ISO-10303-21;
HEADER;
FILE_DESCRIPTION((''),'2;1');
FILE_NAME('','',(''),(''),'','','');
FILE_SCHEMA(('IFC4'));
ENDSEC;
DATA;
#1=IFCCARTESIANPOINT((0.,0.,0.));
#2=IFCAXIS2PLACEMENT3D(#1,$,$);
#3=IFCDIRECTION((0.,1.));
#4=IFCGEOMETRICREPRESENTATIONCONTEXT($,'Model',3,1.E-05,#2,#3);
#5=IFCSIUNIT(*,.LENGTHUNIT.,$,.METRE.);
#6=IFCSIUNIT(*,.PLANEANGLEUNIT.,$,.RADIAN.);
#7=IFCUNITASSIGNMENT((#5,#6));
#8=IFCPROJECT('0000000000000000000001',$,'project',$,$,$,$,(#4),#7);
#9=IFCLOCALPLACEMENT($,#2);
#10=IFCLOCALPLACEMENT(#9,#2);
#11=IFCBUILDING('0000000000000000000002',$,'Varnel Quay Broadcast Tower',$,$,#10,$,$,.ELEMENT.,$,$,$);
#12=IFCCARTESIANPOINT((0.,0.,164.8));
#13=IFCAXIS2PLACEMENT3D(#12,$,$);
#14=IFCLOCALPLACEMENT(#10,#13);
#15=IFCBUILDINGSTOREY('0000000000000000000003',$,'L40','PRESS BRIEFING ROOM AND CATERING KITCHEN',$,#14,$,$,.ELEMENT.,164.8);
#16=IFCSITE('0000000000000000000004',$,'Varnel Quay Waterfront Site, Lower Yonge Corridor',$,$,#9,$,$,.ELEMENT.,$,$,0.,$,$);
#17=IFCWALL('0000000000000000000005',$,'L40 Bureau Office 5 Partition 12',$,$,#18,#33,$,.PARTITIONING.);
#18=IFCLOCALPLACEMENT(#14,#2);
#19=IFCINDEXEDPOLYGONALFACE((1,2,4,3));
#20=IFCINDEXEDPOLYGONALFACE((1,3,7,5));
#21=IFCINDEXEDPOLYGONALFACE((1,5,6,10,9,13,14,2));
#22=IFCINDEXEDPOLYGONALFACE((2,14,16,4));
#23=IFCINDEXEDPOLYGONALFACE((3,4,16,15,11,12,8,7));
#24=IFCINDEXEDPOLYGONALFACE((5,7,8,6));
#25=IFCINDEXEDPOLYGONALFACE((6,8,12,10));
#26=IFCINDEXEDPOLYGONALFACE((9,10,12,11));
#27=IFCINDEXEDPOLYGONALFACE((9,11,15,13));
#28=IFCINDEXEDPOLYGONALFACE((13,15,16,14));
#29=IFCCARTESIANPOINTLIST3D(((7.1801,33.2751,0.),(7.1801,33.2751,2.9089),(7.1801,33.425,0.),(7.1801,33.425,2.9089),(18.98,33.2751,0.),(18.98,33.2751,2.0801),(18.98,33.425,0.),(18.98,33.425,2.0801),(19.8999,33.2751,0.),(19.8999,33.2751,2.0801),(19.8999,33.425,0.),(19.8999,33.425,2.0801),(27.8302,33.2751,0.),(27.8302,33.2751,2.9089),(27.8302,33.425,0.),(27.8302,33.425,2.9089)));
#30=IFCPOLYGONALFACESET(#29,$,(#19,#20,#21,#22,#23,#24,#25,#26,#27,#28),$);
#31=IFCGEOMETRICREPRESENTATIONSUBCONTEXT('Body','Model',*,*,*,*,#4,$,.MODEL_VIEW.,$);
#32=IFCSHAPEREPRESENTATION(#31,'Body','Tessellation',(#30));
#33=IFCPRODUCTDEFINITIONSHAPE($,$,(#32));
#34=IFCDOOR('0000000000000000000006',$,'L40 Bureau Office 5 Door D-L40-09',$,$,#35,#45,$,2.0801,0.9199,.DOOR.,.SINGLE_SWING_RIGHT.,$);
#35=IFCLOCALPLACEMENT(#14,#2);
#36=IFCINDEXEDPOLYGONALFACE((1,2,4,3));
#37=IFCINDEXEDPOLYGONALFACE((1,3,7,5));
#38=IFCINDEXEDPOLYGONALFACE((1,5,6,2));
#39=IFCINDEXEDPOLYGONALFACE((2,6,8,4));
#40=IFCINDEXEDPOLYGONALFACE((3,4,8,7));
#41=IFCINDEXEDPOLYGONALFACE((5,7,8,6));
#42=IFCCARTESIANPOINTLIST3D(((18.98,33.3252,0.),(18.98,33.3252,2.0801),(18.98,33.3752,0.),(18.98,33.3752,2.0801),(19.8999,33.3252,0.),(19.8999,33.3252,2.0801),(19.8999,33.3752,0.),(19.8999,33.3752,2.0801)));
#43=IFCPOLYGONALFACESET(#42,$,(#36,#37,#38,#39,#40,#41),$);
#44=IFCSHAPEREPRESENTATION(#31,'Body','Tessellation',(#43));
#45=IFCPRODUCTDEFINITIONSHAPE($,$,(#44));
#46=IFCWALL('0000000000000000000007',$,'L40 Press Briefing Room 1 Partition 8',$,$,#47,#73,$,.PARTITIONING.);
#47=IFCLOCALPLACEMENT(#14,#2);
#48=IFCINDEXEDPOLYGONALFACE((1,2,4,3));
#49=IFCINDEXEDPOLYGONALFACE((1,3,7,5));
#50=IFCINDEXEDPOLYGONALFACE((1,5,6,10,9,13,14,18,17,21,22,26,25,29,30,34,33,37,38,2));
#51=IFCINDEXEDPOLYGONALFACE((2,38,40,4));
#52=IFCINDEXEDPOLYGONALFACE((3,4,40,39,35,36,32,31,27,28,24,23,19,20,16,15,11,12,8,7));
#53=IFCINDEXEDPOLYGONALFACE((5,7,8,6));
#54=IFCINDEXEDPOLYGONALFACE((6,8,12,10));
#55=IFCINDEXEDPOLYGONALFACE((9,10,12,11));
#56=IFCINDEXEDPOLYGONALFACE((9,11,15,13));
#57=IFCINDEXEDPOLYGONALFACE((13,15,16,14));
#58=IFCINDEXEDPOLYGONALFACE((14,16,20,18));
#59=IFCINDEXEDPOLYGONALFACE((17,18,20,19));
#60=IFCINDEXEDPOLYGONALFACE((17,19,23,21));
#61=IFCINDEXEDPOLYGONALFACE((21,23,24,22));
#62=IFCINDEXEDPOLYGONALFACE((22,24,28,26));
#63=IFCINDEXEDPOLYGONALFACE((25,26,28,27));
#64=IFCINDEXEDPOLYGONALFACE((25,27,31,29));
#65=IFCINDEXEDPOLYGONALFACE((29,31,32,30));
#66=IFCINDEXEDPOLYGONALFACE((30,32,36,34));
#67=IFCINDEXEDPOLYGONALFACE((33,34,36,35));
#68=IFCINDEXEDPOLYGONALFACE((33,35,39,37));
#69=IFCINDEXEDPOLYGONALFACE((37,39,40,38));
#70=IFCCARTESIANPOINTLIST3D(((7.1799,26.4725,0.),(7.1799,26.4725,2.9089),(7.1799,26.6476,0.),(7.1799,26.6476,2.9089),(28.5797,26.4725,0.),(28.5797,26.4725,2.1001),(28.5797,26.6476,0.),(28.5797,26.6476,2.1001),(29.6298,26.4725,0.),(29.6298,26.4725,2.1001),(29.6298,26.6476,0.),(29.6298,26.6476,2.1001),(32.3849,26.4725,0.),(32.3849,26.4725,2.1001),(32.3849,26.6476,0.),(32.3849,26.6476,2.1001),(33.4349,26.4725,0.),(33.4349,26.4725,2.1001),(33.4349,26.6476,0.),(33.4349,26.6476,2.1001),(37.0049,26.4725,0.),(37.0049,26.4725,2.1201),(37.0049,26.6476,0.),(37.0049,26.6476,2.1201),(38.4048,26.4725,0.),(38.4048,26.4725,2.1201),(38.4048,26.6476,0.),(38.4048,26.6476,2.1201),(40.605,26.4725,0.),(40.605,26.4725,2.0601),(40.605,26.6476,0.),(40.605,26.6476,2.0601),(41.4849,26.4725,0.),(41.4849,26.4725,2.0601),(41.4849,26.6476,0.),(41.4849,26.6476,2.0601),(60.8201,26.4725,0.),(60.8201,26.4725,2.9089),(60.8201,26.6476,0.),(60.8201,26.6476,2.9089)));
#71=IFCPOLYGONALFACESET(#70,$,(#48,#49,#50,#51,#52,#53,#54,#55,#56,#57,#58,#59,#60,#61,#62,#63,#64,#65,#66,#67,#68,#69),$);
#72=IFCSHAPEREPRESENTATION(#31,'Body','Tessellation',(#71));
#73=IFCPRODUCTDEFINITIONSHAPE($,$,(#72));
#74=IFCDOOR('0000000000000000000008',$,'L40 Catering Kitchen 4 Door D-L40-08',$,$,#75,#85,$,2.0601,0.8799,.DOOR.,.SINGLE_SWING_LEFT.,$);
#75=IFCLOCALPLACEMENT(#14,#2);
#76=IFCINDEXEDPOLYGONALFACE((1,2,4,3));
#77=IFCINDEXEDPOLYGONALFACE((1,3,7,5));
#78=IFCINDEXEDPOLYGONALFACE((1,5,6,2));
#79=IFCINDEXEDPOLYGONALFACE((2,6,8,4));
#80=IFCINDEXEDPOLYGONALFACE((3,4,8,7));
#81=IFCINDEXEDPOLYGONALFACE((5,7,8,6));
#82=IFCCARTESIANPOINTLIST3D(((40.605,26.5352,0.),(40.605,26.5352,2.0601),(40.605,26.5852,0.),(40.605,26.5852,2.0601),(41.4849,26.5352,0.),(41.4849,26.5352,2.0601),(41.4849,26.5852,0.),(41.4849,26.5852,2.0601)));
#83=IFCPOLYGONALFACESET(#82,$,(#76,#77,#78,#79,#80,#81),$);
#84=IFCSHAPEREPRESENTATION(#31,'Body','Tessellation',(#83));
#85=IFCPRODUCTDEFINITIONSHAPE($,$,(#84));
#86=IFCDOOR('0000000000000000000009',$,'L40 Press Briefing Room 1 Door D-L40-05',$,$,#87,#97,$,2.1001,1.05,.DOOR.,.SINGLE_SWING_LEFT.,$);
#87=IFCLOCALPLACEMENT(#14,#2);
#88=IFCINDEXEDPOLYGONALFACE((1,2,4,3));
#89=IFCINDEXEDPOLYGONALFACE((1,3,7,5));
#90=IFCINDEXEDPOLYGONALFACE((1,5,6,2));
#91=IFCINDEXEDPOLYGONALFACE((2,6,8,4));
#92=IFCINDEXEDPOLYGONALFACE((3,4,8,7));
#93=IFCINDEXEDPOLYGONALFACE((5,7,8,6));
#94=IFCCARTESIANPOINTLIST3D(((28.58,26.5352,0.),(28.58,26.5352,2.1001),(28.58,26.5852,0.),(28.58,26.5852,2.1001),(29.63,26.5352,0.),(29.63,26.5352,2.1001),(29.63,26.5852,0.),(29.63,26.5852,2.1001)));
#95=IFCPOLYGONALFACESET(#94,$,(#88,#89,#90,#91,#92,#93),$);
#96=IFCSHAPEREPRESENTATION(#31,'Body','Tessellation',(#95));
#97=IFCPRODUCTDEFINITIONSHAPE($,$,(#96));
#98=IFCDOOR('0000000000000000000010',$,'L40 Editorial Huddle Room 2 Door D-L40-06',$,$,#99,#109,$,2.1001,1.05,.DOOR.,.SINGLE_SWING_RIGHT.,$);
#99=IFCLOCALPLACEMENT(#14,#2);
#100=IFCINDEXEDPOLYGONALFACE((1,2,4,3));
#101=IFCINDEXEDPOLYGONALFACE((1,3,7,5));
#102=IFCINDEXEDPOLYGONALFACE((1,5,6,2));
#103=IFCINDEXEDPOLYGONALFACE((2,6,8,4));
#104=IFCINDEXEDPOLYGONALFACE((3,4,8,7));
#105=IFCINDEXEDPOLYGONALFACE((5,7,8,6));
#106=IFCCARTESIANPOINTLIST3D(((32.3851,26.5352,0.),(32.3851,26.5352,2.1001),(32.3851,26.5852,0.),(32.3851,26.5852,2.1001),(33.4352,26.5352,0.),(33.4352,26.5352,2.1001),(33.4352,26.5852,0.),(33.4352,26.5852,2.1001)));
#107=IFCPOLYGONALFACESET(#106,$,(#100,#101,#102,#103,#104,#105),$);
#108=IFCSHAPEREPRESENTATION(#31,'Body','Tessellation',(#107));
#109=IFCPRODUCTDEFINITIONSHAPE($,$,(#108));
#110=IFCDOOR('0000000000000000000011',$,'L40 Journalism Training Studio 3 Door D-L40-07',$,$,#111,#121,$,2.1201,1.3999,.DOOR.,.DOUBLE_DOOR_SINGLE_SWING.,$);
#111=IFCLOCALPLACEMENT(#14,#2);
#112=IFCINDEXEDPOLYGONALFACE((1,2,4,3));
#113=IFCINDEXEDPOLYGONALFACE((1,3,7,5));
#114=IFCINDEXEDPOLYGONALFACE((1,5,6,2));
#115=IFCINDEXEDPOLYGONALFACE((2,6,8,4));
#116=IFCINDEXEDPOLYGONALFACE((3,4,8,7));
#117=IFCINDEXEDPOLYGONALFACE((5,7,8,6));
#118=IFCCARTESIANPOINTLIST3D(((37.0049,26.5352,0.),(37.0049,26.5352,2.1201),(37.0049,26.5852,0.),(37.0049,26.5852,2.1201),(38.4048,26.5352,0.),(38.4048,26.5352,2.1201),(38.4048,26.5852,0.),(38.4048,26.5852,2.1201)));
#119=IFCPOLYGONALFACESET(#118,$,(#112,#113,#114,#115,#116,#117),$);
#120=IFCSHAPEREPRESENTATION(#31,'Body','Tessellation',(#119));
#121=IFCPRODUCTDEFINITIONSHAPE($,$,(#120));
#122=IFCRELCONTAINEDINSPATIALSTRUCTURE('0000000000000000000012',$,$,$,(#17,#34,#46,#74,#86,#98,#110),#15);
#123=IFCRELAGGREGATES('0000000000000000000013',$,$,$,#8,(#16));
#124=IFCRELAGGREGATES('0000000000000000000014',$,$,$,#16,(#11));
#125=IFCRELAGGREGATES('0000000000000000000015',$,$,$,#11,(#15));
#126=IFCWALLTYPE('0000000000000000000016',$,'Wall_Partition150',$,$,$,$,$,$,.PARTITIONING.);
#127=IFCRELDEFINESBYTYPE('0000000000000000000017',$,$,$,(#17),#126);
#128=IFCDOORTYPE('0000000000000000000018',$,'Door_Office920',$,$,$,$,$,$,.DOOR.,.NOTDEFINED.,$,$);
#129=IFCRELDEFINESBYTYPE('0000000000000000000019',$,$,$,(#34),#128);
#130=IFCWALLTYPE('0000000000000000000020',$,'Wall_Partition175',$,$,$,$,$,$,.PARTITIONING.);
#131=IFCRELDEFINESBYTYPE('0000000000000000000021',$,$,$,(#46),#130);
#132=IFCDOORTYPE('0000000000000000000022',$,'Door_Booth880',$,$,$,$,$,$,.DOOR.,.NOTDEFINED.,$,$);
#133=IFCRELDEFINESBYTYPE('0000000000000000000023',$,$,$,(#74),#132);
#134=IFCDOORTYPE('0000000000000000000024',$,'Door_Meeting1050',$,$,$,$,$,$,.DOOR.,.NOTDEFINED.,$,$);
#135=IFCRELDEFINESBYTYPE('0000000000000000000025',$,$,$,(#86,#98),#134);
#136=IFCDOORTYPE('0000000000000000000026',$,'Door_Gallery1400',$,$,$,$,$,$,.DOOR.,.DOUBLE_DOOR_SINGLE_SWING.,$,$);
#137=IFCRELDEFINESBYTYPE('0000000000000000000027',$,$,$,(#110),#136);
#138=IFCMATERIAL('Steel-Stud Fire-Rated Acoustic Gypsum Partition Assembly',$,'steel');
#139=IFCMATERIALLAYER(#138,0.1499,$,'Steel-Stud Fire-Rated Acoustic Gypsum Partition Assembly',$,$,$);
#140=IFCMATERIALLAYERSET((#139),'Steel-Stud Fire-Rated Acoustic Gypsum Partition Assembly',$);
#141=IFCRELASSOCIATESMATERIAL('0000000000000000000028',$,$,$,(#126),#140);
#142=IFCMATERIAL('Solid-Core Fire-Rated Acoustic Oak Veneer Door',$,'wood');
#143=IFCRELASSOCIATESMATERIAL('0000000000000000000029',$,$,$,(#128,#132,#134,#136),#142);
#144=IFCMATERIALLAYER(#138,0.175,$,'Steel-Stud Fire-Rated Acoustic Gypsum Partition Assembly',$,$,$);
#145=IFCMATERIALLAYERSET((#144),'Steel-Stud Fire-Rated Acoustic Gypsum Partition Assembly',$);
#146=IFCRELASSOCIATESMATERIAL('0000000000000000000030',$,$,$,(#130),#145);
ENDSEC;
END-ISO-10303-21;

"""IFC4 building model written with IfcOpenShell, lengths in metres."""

from ifc_helpers import new_model, si_unit, direction, frame, frame_2d, origin, place, context, subcontext, project, spatial, rectangle, extrude, source, transform, mapped, material, layer, layer_set, type_object, type_shapes, element, fill, save


model = new_model("IFC4")

# Units and contexts
model_context = context("Model", 3, precision=1e-05, world=origin(), true_north=direction((0.0, 1.0)))
body_context = subcontext(model_context, "Body", "Model", "MODEL_VIEW")
ifc_project = project(units=[si_unit("LENGTHUNIT", "METRE"), si_unit("PLANEANGLEUNIT", "RADIAN")], contexts=[model_context])

# Site, building, storey
site_placement = place(None, origin())
site = spatial("IfcSite", under=ifc_project, at=site_placement, Name="Varnel Quay Waterfront Site, Lower Yonge Corridor", CompositionType="ELEMENT", RefElevation=0.0)
building_placement = place(site_placement, origin())
building = spatial("IfcBuilding", under=site, at=building_placement, Name="Varnel Quay Broadcast Tower", CompositionType="ELEMENT")
storey_placement = place(building_placement, frame((0.0, 0.0, 164.8)))
storey = spatial("IfcBuildingStorey", under=building, at=storey_placement, Name="L40", Description="PRESS BRIEFING ROOM AND CATERING KITCHEN", CompositionType="ELEMENT", Elevation=164.8)

# Wall, opening, door
ifc_material_1 = material(Name="Steel-Stud Fire-Rated Acoustic Gypsum Partition Assembly", Category="steel")
ifc_layer_1 = layer(ifc_material_1, 0.1499, Name="Steel-Stud Fire-Rated Acoustic Gypsum Partition Assembly")
ifc_layer_set_1 = layer_set([ifc_layer_1], Name="Steel-Stud Fire-Rated Acoustic Gypsum Partition Assembly")
wall_type_1 = type_object("IfcWallType", Name="Wall_Partition150", PredefinedType="PARTITIONING", material=ifc_layer_set_1)
wall_1_placement = place(storey_placement, frame((7.1799, 33.3501, 0.0), z_axis=(0.0, 0.0, 1.0), x_axis=(1.0, 0.0, 0.0)))
wall_1 = element("IfcWall", 1, at=wall_1_placement, inside=storey, type_object=wall_type_1, Name="L40 Bureau Office 5 Partition 12", PredefinedType="PARTITIONING", context=body_context, shape_type="SweptSolid", body=[
    extrude(rectangle(XDim=20.6501, YDim=0.1499, at=frame_2d((10.3252, 0.0))), origin(), (0.0, 0.0, 1.0), 2.9089),
])
opening_1_placement = place(wall_1_placement, frame((11.8, 0.0, 0.0)))
opening_1 = element("IfcOpeningElement", 2, at=opening_1_placement, cuts=wall_1, PredefinedType="OPENING", context=body_context, shape_type="SweptSolid", body=[
    extrude(rectangle(XDim=0.9199, YDim=2.0801, at=frame_2d((0.46, 1.04))), frame((0.0, 0.085, 0.0), z_axis=(0.0, -1.0, 0.0), x_axis=(1.0, 0.0, 0.0)), (0.0, 0.0, 1.0), 0.1699),
])
ifc_material_2 = material(Name="Solid-Core Fire-Rated Acoustic Oak Veneer Door", Category="wood")
door_type_1 = type_object("IfcDoorType", Name="Door_Office920", OperationType="NOTDEFINED", PredefinedType="DOOR", material=ifc_material_2)
shared_shape_1 = source(origin(), body_context, "Body", "SweptSolid", [
    extrude(rectangle(XDim=0.9199, YDim=2.0801, at=frame_2d((0.46, 1.04))), frame((0.0, 0.0249, 0.0), z_axis=(0.0, -1.0, 0.0), x_axis=(1.0, 0.0, 0.0)), (0.0, 0.0, 1.0), 0.05),
])
type_shapes(door_type_1, [shared_shape_1])
door_1_placement = place(opening_1_placement, frame((0.9199, 0.0, 0.0), z_axis=(0.0, 0.0, 1.0), x_axis=(-1.0, 0.0, 0.0)))
door_1 = element("IfcDoor", 3, at=door_1_placement, inside=storey, type_object=door_type_1, Name="L40 Bureau Office 5 Door D-L40-09", OperationType="SINGLE_SWING_RIGHT", OverallHeight=2.0801, OverallWidth=0.9199, PredefinedType="DOOR", context=body_context, shape_type="MappedRepresentation", body=[
    mapped(shared_shape_1, transform((0.0, 0.0, 0.0), x_axis=(1.0, 0.0, 0.0), y_axis=(0.0, 1.0, 0.0), z_axis=(0.0, 0.0, 1.0), scale=1.0)),
])
fill(opening_1, door_1)

# Wall, openings, doors
ifc_layer_2 = layer(ifc_material_1, 0.175, Name="Steel-Stud Fire-Rated Acoustic Gypsum Partition Assembly")
ifc_layer_set_2 = layer_set([ifc_layer_2], Name="Steel-Stud Fire-Rated Acoustic Gypsum Partition Assembly")
wall_type_2 = type_object("IfcWallType", Name="Wall_Partition175", PredefinedType="PARTITIONING", material=ifc_layer_set_2)
wall_2_placement = place(storey_placement, frame((7.1799, 26.5601, 0.0), z_axis=(0.0, 0.0, 1.0), x_axis=(1.0, 0.0, 0.0)))
wall_2 = element("IfcWall", 4, at=wall_2_placement, inside=storey, type_object=wall_type_2, Name="L40 Press Briefing Room 1 Partition 8", PredefinedType="PARTITIONING", context=body_context, shape_type="SweptSolid", body=[
    extrude(rectangle(XDim=53.6401, YDim=0.175, at=frame_2d((26.8201, 0.0))), origin(), (0.0, 0.0, 1.0), 2.9089),
])
opening_2_placement = place(wall_2_placement, frame((21.3999, 0.0, 0.0)))
opening_2 = element("IfcOpeningElement", 5, at=opening_2_placement, cuts=wall_2, PredefinedType="OPENING", context=body_context, shape_type="SweptSolid", body=[
    extrude(rectangle(XDim=1.05, YDim=2.1001, at=frame_2d((0.5249, 1.05))), frame((0.0, 0.0977, 0.0), z_axis=(0.0, -1.0, 0.0), x_axis=(1.0, 0.0, 0.0)), (0.0, 0.0, 1.0), 0.1951),
])
opening_3_placement = place(wall_2_placement, frame((25.2051, 0.0, 0.0)))
opening_3 = element("IfcOpeningElement", 6, at=opening_3_placement, cuts=wall_2, PredefinedType="OPENING", context=body_context, shape_type="SweptSolid", body=[
    extrude(rectangle(XDim=1.05, YDim=2.1001, at=frame_2d((0.5249, 1.05))), frame((0.0, 0.0977, 0.0), z_axis=(0.0, -1.0, 0.0), x_axis=(1.0, 0.0, 0.0)), (0.0, 0.0, 1.0), 0.1951),
])
opening_4_placement = place(wall_2_placement, frame((29.825, 0.0, 0.0)))
opening_4 = element("IfcOpeningElement", 7, at=opening_4_placement, cuts=wall_2, PredefinedType="OPENING", context=body_context, shape_type="SweptSolid", body=[
    extrude(rectangle(XDim=1.3999, YDim=2.1201, at=frame_2d((0.7, 1.0601))), frame((0.0, 0.0977, 0.0), z_axis=(0.0, -1.0, 0.0), x_axis=(1.0, 0.0, 0.0)), (0.0, 0.0, 1.0), 0.1951),
])
opening_5_placement = place(wall_2_placement, frame((33.425, 0.0, 0.0)))
opening_5 = element("IfcOpeningElement", 8, at=opening_5_placement, cuts=wall_2, PredefinedType="OPENING", context=body_context, shape_type="SweptSolid", body=[
    extrude(rectangle(XDim=0.8799, YDim=2.0601, at=frame_2d((0.4399, 1.03))), frame((0.0, 0.0977, 0.0), z_axis=(0.0, -1.0, 0.0), x_axis=(1.0, 0.0, 0.0)), (0.0, 0.0, 1.0), 0.1951),
])
door_type_2 = type_object("IfcDoorType", Name="Door_Booth880", OperationType="NOTDEFINED", PredefinedType="DOOR", material=ifc_material_2)
shared_shape_2 = source(origin(), body_context, "Body", "SweptSolid", [
    extrude(rectangle(XDim=0.8799, YDim=2.0601, at=frame_2d((0.4399, 1.03))), frame((0.0, 0.0249, 0.0), z_axis=(0.0, -1.0, 0.0), x_axis=(1.0, 0.0, 0.0)), (0.0, 0.0, 1.0), 0.05),
])
type_shapes(door_type_2, [shared_shape_2])
door_2_placement = place(opening_5_placement, frame((0.8799, 0.0, 0.0), z_axis=(0.0, 0.0, 1.0), x_axis=(-1.0, 0.0, 0.0)))
door_2 = element("IfcDoor", 9, at=door_2_placement, inside=storey, type_object=door_type_2, Name="L40 Catering Kitchen 4 Door D-L40-08", OperationType="SINGLE_SWING_LEFT", OverallHeight=2.0601, OverallWidth=0.8799, PredefinedType="DOOR", context=body_context, shape_type="MappedRepresentation", body=[
    mapped(shared_shape_2, transform((0.0, 0.0, 0.0), x_axis=(1.0, 0.0, 0.0), y_axis=(0.0, 1.0, 0.0), z_axis=(0.0, 0.0, 1.0), scale=1.0)),
])
fill(opening_5, door_2)
door_type_3 = type_object("IfcDoorType", Name="Door_Meeting1050", OperationType="NOTDEFINED", PredefinedType="DOOR", material=ifc_material_2)
shared_shape_3 = source(origin(), body_context, "Body", "SweptSolid", [
    extrude(rectangle(XDim=1.05, YDim=2.1001, at=frame_2d((0.5249, 1.05))), frame((0.0, 0.0249, 0.0), z_axis=(0.0, -1.0, 0.0), x_axis=(1.0, 0.0, 0.0)), (0.0, 0.0, 1.0), 0.05),
])
type_shapes(door_type_3, [shared_shape_3])
door_3_placement = place(opening_2_placement, frame((1.05, 0.0, 0.0), z_axis=(0.0, 0.0, 1.0), x_axis=(-1.0, 0.0, 0.0)))
door_3 = element("IfcDoor", 10, at=door_3_placement, inside=storey, type_object=door_type_3, Name="L40 Press Briefing Room 1 Door D-L40-05", OperationType="SINGLE_SWING_LEFT", OverallHeight=2.1001, OverallWidth=1.05, PredefinedType="DOOR", context=body_context, shape_type="MappedRepresentation", body=[
    mapped(shared_shape_3, transform((0.0, 0.0, 0.0), x_axis=(1.0, 0.0, 0.0), y_axis=(0.0, 1.0, 0.0), z_axis=(0.0, 0.0, 1.0), scale=1.0)),
])
fill(opening_2, door_3)
door_4_placement = place(opening_3_placement, frame((1.05, 0.0, 0.0), z_axis=(0.0, 0.0, 1.0), x_axis=(-1.0, 0.0, 0.0)))
door_4 = element("IfcDoor", 11, at=door_4_placement, inside=storey, type_object=door_type_3, Name="L40 Editorial Huddle Room 2 Door D-L40-06", OperationType="SINGLE_SWING_RIGHT", OverallHeight=2.1001, OverallWidth=1.05, PredefinedType="DOOR", context=body_context, shape_type="MappedRepresentation", body=[
    mapped(shared_shape_3, transform((0.0, 0.0, 0.0), x_axis=(1.0, 0.0, 0.0), y_axis=(0.0, 1.0, 0.0), z_axis=(0.0, 0.0, 1.0), scale=1.0)),
])
fill(opening_3, door_4)
door_type_4 = type_object("IfcDoorType", Name="Door_Gallery1400", OperationType="DOUBLE_DOOR_SINGLE_SWING", PredefinedType="DOOR", material=ifc_material_2)
shared_shape_4 = source(origin(), body_context, "Body", "SweptSolid", [
    extrude(rectangle(XDim=1.3999, YDim=2.1201, at=frame_2d((0.7, 1.0601))), frame((0.0, 0.0249, 0.0), z_axis=(0.0, -1.0, 0.0), x_axis=(1.0, 0.0, 0.0)), (0.0, 0.0, 1.0), 0.05),
])
type_shapes(door_type_4, [shared_shape_4])
door_5_placement = place(opening_4_placement, frame((1.3999, 0.0, 0.0), z_axis=(0.0, 0.0, 1.0), x_axis=(-1.0, 0.0, 0.0)))
door_5 = element("IfcDoor", 12, at=door_5_placement, inside=storey, type_object=door_type_4, Name="L40 Journalism Training Studio 3 Door D-L40-07", OperationType="DOUBLE_DOOR_SINGLE_SWING", OverallHeight=2.1201, OverallWidth=1.3999, PredefinedType="DOOR", context=body_context, shape_type="MappedRepresentation", body=[
    mapped(shared_shape_4, transform((0.0, 0.0, 0.0), x_axis=(1.0, 0.0, 0.0), y_axis=(0.0, 1.0, 0.0), z_axis=(0.0, 0.0, 1.0), scale=1.0)),
])
fill(opening_4, door_5)

save(model, "model.ifc")
